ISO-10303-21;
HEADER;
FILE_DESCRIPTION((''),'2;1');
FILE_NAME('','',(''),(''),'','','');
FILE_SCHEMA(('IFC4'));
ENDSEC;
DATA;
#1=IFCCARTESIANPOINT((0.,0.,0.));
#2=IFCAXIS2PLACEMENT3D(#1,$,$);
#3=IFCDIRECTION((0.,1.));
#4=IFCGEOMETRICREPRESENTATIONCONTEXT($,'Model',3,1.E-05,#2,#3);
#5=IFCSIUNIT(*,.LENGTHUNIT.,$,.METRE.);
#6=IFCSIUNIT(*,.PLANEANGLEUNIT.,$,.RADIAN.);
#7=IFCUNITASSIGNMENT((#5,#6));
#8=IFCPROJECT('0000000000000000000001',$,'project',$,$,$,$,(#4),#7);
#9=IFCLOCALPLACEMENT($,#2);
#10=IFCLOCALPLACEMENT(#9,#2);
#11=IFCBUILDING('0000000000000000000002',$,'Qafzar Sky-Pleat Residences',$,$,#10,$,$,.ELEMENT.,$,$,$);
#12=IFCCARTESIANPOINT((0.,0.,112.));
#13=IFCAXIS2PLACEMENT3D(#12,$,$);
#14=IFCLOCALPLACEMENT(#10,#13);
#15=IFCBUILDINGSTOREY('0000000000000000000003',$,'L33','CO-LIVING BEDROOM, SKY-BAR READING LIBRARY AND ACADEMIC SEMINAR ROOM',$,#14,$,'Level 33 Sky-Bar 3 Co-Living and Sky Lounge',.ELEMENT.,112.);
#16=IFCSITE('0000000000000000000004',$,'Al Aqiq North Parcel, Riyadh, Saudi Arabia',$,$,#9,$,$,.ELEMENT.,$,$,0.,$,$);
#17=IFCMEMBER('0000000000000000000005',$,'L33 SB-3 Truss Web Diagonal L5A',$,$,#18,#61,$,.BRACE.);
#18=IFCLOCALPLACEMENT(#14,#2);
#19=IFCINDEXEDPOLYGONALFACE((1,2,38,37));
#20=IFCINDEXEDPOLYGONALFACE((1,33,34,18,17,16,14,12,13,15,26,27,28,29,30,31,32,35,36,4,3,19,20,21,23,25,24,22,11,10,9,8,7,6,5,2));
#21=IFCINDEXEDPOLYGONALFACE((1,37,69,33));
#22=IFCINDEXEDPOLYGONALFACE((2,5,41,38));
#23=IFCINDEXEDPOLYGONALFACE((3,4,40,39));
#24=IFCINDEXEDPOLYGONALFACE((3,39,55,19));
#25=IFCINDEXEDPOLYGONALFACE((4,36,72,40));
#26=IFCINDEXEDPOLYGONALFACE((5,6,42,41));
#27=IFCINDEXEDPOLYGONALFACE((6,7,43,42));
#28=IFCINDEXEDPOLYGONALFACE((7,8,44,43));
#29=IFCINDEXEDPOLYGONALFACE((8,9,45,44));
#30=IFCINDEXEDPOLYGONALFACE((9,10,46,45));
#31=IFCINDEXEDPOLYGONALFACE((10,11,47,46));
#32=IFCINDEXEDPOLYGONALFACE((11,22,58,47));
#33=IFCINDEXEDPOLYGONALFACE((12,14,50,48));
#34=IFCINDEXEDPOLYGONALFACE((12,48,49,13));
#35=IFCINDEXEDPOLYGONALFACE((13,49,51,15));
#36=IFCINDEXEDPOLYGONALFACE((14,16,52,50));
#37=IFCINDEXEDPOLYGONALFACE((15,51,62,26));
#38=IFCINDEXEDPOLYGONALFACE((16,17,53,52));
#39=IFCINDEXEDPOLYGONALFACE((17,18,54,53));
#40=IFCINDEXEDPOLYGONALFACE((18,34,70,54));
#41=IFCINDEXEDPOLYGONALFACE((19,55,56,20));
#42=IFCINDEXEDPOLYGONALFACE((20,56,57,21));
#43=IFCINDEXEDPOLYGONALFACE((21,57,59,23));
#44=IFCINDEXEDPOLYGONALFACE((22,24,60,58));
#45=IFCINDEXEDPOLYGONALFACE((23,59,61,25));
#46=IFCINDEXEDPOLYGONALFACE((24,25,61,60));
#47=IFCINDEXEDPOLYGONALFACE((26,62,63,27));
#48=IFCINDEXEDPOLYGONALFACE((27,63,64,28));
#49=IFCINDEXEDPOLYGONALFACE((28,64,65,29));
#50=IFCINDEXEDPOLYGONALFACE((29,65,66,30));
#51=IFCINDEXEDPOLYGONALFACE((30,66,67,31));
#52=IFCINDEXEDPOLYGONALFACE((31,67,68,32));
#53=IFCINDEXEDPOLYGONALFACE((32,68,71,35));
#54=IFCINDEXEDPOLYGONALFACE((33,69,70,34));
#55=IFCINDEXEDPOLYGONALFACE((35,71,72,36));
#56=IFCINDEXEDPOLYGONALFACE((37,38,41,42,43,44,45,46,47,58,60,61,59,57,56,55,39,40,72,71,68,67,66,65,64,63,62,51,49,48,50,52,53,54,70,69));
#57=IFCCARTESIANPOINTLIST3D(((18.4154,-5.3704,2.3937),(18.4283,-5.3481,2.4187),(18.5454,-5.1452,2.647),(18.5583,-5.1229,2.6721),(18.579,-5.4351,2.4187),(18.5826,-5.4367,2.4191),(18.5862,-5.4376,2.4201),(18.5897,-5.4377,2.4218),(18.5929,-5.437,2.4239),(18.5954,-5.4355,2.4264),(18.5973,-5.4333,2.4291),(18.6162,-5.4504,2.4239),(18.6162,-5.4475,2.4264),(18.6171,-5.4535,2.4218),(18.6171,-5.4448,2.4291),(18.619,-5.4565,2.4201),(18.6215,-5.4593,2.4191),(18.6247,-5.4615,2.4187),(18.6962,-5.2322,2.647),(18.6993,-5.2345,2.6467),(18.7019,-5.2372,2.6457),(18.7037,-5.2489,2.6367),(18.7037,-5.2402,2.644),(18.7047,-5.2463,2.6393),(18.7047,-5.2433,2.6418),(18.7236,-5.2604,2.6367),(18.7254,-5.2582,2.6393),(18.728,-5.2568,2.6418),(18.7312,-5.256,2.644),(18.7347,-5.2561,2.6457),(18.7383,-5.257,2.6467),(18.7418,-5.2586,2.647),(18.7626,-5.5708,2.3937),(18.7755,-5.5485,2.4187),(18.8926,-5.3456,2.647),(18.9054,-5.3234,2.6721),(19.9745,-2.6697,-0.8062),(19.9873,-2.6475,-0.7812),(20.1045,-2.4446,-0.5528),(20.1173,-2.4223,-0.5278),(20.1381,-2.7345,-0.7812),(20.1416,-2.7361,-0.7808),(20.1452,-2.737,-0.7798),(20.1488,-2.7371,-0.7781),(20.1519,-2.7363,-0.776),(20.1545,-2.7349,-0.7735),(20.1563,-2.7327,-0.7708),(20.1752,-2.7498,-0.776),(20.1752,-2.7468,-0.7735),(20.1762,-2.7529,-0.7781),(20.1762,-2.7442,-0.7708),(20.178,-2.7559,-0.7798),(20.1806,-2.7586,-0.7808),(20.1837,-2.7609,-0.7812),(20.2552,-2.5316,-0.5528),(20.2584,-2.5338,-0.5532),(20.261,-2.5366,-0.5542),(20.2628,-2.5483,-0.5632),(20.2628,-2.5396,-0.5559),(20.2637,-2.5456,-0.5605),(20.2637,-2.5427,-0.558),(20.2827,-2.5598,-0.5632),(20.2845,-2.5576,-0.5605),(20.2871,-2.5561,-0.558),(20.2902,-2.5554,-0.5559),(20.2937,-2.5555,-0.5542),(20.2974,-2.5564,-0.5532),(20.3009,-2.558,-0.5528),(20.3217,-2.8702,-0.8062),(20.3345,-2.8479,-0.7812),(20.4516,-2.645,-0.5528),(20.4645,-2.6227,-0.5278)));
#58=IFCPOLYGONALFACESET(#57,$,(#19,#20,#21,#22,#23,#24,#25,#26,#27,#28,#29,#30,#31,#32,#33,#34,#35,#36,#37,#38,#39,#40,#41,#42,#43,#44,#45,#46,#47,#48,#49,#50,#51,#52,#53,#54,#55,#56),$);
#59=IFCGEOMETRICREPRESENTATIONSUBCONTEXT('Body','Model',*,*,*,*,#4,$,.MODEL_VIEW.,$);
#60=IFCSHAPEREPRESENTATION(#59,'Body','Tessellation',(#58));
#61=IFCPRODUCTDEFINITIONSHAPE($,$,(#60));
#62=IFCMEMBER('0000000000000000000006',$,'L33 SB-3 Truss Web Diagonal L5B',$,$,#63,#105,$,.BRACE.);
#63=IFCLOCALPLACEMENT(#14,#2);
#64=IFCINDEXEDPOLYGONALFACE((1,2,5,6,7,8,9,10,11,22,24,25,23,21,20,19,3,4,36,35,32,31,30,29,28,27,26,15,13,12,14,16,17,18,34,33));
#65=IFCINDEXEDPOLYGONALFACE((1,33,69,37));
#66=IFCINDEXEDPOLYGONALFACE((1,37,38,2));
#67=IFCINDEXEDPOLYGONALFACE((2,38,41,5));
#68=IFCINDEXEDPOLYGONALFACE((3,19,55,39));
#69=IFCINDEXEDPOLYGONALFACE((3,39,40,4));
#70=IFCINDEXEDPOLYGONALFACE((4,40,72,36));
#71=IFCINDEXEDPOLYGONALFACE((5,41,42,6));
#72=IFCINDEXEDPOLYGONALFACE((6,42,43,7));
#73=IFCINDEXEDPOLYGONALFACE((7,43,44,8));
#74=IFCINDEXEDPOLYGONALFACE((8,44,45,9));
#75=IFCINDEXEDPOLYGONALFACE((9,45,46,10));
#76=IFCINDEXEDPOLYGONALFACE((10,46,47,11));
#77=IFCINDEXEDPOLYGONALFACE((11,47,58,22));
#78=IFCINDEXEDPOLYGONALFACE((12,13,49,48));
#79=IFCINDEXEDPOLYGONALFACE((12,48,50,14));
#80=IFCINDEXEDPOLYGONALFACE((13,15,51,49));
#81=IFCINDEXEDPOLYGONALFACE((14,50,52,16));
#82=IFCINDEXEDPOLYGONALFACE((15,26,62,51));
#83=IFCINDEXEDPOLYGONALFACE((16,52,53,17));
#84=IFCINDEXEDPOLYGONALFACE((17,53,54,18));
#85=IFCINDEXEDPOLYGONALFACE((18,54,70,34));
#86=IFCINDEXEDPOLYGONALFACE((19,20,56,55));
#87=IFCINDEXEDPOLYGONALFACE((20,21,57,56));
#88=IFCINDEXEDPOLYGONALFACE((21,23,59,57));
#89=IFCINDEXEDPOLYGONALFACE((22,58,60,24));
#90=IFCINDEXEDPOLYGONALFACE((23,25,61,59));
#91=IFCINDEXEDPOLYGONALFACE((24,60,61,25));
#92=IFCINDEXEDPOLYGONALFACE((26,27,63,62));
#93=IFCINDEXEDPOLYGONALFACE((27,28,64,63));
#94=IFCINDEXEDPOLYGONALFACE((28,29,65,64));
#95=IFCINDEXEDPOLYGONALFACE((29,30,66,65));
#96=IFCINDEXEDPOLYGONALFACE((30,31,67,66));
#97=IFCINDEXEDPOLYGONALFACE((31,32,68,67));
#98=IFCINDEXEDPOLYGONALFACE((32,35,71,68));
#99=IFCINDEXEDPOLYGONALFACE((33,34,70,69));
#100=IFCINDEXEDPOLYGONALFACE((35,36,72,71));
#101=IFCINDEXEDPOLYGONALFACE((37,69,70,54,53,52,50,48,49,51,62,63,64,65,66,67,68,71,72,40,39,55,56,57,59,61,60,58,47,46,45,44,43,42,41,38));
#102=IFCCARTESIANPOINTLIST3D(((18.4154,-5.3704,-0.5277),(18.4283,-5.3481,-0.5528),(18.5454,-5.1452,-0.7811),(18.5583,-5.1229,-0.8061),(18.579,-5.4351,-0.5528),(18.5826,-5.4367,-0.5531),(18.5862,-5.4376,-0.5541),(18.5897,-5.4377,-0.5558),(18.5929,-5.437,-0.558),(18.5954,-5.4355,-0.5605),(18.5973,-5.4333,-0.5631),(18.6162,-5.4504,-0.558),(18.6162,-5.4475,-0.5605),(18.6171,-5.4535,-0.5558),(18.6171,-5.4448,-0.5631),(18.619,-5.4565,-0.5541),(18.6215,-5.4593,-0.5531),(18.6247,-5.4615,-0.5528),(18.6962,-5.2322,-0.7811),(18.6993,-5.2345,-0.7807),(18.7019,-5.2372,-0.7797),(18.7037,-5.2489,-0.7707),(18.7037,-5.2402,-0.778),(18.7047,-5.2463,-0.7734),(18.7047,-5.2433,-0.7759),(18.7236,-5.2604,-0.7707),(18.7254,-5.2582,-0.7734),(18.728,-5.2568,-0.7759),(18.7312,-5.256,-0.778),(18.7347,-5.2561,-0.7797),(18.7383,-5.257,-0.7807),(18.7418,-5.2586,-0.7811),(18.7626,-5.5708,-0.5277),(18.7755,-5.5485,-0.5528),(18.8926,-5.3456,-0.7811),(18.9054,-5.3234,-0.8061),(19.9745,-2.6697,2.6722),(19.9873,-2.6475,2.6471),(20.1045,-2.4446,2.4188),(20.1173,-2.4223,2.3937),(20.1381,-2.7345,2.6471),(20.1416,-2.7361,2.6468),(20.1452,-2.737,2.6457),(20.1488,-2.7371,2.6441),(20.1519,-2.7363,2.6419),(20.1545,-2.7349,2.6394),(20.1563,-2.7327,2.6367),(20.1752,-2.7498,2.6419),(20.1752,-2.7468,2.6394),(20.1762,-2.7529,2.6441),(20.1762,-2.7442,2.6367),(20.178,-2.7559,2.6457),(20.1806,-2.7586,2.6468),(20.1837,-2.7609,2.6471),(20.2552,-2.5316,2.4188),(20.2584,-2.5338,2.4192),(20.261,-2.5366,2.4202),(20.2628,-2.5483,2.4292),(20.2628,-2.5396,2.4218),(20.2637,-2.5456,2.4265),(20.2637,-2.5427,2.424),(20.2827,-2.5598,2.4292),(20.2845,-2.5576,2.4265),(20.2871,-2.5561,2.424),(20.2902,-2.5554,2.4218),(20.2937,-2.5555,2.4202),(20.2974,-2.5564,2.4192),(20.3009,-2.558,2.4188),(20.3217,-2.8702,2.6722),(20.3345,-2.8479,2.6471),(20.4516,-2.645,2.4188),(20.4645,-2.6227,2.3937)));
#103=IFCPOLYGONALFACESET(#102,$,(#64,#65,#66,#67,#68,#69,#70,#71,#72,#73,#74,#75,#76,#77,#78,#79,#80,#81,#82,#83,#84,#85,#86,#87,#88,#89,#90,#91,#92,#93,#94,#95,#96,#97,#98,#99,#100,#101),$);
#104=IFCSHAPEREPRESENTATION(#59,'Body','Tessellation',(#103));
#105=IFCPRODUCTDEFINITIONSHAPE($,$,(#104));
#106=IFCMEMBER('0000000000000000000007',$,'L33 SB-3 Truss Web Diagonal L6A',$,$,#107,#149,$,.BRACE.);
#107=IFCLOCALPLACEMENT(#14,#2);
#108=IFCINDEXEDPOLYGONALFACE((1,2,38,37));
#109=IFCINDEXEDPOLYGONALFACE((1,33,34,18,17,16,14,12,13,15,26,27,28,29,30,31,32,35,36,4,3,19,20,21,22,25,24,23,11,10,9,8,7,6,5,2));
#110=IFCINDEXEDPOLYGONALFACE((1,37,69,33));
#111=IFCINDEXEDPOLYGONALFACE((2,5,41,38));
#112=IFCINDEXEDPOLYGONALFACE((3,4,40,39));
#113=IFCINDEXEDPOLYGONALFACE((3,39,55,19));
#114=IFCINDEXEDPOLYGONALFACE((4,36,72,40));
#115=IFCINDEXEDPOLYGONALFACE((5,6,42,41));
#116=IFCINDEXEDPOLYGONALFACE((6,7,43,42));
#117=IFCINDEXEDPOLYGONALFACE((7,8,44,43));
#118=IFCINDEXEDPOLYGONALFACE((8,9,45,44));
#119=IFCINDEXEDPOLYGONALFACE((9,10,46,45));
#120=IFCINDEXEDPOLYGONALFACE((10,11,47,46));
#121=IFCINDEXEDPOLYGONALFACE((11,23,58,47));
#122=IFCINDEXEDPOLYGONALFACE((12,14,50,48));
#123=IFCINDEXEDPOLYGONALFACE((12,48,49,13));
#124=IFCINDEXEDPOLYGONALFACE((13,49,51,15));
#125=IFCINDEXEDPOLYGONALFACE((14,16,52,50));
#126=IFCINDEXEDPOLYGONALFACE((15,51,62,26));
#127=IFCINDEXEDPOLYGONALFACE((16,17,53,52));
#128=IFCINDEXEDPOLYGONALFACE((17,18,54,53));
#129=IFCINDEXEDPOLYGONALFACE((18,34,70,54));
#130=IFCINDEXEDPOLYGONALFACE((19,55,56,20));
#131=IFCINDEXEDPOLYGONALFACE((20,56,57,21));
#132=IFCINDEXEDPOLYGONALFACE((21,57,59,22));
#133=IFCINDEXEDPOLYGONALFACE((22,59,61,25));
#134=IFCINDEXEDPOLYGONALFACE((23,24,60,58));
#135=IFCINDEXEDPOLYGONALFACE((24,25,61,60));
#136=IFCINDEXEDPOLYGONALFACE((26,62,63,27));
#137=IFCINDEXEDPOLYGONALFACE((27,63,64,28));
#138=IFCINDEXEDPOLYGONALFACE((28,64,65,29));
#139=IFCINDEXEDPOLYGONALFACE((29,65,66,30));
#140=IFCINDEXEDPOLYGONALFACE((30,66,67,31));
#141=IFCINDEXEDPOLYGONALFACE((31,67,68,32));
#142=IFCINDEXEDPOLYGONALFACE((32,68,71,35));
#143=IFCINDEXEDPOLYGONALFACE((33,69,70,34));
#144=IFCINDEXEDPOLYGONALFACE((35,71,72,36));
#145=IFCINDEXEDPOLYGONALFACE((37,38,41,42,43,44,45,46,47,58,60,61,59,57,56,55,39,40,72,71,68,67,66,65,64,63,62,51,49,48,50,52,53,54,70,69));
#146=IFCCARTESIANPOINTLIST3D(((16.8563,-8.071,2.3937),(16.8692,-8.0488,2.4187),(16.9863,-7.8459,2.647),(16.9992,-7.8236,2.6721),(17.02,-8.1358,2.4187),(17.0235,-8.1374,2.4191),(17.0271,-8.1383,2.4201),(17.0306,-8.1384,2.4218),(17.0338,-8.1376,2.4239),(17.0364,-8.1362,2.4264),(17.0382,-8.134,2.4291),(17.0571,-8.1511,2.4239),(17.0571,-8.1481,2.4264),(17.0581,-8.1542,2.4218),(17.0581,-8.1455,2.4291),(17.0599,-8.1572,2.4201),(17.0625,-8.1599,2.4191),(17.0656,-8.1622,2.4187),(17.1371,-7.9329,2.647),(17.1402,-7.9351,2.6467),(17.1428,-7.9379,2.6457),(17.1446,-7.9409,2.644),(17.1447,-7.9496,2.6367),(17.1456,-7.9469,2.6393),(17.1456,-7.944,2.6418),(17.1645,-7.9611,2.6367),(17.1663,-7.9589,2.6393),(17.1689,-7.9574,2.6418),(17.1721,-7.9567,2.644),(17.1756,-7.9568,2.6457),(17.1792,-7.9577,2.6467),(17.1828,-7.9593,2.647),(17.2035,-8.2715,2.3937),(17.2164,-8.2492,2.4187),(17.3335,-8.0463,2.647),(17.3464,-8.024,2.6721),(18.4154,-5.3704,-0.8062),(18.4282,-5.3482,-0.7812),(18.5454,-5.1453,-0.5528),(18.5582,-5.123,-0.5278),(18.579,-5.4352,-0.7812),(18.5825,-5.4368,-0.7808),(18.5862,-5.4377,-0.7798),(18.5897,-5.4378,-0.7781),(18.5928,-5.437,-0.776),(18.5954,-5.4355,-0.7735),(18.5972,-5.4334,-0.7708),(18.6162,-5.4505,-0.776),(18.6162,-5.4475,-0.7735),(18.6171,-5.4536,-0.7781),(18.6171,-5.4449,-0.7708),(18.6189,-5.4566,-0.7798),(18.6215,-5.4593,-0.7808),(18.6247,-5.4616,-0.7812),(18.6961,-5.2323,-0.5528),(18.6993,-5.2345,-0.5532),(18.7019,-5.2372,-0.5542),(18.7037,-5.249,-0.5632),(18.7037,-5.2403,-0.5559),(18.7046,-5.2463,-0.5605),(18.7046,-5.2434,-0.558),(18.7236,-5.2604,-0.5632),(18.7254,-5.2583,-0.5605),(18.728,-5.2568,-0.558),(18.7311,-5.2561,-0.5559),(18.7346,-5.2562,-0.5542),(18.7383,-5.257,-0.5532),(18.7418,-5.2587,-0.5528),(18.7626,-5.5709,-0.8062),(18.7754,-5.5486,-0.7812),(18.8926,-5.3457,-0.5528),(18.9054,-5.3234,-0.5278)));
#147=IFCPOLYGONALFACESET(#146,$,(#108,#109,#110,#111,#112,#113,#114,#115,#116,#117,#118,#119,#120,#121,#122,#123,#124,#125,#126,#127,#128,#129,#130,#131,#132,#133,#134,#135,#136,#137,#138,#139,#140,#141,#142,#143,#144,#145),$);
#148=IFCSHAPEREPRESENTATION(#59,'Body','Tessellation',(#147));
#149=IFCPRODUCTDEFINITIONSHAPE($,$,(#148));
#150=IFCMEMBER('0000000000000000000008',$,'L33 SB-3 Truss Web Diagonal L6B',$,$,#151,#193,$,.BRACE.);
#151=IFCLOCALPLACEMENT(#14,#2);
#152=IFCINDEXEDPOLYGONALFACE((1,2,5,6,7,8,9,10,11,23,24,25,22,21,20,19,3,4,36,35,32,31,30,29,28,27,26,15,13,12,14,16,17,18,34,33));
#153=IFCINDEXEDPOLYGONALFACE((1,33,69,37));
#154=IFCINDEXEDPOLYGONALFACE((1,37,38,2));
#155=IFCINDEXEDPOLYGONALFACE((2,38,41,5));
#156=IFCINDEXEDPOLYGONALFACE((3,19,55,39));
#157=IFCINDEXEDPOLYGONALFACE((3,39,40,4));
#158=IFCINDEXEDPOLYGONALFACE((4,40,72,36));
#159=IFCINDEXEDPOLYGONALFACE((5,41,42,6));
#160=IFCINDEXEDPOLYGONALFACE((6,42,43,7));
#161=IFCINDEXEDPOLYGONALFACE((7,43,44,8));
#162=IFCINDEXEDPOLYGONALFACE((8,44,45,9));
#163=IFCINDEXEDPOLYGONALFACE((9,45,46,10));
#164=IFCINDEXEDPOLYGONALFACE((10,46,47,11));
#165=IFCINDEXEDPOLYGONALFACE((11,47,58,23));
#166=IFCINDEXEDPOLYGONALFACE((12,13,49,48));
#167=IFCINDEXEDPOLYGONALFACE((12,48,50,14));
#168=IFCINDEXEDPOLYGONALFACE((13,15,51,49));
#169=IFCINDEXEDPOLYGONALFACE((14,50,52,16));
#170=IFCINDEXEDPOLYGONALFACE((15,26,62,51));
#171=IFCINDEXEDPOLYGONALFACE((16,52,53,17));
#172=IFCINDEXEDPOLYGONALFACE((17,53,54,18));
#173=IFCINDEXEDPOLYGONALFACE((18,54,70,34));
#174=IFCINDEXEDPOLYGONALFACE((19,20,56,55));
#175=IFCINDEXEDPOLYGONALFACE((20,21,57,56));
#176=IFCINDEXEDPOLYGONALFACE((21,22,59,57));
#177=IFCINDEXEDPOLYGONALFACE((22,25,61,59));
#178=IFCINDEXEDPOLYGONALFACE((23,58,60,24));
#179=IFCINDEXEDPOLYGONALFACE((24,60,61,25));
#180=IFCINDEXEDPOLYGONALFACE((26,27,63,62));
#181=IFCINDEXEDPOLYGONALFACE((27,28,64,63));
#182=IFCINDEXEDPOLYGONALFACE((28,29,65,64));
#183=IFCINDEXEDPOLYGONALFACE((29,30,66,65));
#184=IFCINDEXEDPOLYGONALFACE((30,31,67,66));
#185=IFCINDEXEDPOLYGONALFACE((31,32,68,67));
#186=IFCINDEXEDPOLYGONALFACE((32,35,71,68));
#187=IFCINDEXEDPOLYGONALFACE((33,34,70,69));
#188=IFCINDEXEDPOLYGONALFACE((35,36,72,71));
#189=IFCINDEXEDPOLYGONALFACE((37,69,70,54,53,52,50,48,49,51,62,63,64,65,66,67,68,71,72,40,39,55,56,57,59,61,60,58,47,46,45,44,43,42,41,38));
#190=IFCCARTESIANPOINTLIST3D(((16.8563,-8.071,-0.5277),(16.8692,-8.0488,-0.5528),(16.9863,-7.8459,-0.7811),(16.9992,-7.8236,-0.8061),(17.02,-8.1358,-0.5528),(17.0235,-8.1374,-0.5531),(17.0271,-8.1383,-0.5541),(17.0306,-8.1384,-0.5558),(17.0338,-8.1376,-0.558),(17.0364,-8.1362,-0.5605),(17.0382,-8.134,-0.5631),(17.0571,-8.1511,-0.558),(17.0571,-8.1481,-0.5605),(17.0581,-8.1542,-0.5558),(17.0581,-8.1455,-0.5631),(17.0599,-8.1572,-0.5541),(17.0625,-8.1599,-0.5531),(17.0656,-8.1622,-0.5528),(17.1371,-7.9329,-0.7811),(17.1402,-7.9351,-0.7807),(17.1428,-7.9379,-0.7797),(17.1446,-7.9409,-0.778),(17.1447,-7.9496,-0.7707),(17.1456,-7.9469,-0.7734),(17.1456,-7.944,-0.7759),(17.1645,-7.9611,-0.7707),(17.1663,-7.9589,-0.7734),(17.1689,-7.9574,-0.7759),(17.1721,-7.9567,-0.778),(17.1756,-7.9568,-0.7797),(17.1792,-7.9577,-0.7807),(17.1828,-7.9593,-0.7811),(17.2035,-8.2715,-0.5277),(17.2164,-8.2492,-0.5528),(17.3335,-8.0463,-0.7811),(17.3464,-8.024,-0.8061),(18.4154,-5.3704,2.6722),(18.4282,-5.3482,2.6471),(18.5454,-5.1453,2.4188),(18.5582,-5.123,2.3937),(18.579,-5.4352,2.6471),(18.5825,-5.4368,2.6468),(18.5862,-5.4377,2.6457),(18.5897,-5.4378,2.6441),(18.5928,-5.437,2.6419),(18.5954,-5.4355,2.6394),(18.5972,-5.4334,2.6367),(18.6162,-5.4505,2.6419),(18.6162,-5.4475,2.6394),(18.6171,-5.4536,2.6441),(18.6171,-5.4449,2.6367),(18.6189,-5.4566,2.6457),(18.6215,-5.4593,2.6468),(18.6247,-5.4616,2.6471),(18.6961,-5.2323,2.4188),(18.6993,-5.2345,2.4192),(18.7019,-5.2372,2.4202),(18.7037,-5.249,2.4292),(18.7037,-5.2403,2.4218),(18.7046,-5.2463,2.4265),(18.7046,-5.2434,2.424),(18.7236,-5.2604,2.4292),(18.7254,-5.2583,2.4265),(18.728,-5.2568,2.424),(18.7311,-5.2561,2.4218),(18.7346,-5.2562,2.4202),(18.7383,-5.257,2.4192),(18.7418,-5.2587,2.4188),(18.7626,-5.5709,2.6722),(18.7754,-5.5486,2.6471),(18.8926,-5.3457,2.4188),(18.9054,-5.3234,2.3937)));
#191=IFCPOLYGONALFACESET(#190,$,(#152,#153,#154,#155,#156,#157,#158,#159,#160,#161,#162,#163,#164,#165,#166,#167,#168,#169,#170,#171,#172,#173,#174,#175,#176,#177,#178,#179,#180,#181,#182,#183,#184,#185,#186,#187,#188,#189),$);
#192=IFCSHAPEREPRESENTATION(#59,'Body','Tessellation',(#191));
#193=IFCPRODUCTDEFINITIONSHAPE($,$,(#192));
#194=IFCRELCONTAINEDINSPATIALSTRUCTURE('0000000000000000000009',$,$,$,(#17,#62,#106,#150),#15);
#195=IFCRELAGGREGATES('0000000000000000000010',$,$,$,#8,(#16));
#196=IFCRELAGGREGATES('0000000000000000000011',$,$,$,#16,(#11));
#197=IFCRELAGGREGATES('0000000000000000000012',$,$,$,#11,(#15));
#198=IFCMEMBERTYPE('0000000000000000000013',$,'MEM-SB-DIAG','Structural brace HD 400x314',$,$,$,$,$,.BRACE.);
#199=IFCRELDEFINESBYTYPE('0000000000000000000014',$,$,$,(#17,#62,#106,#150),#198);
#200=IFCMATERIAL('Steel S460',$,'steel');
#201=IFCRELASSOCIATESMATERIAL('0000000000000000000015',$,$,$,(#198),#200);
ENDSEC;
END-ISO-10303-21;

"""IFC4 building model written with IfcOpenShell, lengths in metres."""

from ifc_helpers import new_model, si_unit, direction, frame, origin, origin_2d, place, context, subcontext, project, spatial, i_section, extrude, source, transform, mapped, material, material_profile, profile_set, type_object, element, save


model = new_model("IFC4")

# Units and contexts
model_context = context("Model", 3, precision=1e-05, world=origin(), true_north=direction((0.0, 1.0)))
body_context = subcontext(model_context, "Body", "Model", "MODEL_VIEW")
ifc_project = project(units=[si_unit("LENGTHUNIT", "METRE"), si_unit("PLANEANGLEUNIT", "RADIAN")], contexts=[model_context])

# Site, building, storey
site_placement = place(None, origin())
site = spatial("IfcSite", under=ifc_project, at=site_placement, Name="Al Aqiq North Parcel, Riyadh, Saudi Arabia", CompositionType="ELEMENT", RefElevation=0.0)
building_placement = place(site_placement, origin())
building = spatial("IfcBuilding", under=site, at=building_placement, Name="Qafzar Sky-Pleat Residences", CompositionType="ELEMENT")
storey_placement = place(building_placement, frame((0.0, 0.0, 112.0)))
storey = spatial("IfcBuildingStorey", under=building, at=storey_placement, Name="L33", Description="CO-LIVING BEDROOM, SKY-BAR READING LIBRARY AND ACADEMIC SEMINAR ROOM", LongName="Level 33 Sky-Bar 3 Co-Living and Sky Lounge", CompositionType="ELEMENT", Elevation=112.0)

# Members
ifc_material_1 = material(Name="Steel S460", Category="steel")
ifc_material_profile_1 = material_profile(ifc_material_1, i_section(OverallWidth=0.4009, OverallDepth=0.3989, WebThickness=0.0229, FlangeThickness=0.0359, FilletRadius=0.0149, at=origin_2d()), Name="HD 400x314")
ifc_profile_set_1 = profile_set([ifc_material_profile_1], Name="Steel S460")
member_type_1 = type_object("IfcMemberType", Name="MEM-SB-DIAG", Description="Structural brace HD 400x314", PredefinedType="BRACE", material=ifc_profile_set_1)
shared_shape_1 = source(origin(), body_context, "Body", "SweptSolid", [
    extrude(i_section(OverallWidth=0.4009, OverallDepth=0.3989, WebThickness=0.0229, FlangeThickness=0.0359, FilletRadius=0.0149, at=origin_2d()), origin(), (0.0, 0.0, 1.0), 4.468),
])
for number, where, z_axis, x_axis, name in (
    (1, (20.2195, -2.6462, -0.667), (-0.348935, -0.604434, 0.716174), (0.866047, -0.499962, 0.0), "L33 SB-3 Truss Web Diagonal L5A"),
    (2, (20.2195, -2.6462, 2.533), (-0.348935, -0.604434, -0.716174), (0.866047, -0.499962, 0.0), "L33 SB-3 Truss Web Diagonal L5B"),
    (3, (18.6604, -5.3469, -0.667), (-0.348935, -0.604434, 0.716174), (0.866047, -0.499962, 0.0), "L33 SB-3 Truss Web Diagonal L6A"),
    (4, (18.6604, -5.3469, 2.533), (-0.348935, -0.604434, -0.716174), (0.866047, -0.499962, 0.0), "L33 SB-3 Truss Web Diagonal L6B"),
):
    element("IfcMember", number, at=place(storey_placement, frame(where, z_axis=z_axis, x_axis=x_axis)), inside=storey, type_object=member_type_1, Name=name, PredefinedType="BRACE", context=body_context, shape_type="MappedRepresentation", body=[
        mapped(shared_shape_1, transform((0.0, 0.0, 0.0), x_axis=(1.0, 0.0, 0.0), y_axis=(0.0, 1.0, 0.0), z_axis=(0.0, 0.0, 1.0), scale=1.0)),
    ])

save(model, "model.ifc")
